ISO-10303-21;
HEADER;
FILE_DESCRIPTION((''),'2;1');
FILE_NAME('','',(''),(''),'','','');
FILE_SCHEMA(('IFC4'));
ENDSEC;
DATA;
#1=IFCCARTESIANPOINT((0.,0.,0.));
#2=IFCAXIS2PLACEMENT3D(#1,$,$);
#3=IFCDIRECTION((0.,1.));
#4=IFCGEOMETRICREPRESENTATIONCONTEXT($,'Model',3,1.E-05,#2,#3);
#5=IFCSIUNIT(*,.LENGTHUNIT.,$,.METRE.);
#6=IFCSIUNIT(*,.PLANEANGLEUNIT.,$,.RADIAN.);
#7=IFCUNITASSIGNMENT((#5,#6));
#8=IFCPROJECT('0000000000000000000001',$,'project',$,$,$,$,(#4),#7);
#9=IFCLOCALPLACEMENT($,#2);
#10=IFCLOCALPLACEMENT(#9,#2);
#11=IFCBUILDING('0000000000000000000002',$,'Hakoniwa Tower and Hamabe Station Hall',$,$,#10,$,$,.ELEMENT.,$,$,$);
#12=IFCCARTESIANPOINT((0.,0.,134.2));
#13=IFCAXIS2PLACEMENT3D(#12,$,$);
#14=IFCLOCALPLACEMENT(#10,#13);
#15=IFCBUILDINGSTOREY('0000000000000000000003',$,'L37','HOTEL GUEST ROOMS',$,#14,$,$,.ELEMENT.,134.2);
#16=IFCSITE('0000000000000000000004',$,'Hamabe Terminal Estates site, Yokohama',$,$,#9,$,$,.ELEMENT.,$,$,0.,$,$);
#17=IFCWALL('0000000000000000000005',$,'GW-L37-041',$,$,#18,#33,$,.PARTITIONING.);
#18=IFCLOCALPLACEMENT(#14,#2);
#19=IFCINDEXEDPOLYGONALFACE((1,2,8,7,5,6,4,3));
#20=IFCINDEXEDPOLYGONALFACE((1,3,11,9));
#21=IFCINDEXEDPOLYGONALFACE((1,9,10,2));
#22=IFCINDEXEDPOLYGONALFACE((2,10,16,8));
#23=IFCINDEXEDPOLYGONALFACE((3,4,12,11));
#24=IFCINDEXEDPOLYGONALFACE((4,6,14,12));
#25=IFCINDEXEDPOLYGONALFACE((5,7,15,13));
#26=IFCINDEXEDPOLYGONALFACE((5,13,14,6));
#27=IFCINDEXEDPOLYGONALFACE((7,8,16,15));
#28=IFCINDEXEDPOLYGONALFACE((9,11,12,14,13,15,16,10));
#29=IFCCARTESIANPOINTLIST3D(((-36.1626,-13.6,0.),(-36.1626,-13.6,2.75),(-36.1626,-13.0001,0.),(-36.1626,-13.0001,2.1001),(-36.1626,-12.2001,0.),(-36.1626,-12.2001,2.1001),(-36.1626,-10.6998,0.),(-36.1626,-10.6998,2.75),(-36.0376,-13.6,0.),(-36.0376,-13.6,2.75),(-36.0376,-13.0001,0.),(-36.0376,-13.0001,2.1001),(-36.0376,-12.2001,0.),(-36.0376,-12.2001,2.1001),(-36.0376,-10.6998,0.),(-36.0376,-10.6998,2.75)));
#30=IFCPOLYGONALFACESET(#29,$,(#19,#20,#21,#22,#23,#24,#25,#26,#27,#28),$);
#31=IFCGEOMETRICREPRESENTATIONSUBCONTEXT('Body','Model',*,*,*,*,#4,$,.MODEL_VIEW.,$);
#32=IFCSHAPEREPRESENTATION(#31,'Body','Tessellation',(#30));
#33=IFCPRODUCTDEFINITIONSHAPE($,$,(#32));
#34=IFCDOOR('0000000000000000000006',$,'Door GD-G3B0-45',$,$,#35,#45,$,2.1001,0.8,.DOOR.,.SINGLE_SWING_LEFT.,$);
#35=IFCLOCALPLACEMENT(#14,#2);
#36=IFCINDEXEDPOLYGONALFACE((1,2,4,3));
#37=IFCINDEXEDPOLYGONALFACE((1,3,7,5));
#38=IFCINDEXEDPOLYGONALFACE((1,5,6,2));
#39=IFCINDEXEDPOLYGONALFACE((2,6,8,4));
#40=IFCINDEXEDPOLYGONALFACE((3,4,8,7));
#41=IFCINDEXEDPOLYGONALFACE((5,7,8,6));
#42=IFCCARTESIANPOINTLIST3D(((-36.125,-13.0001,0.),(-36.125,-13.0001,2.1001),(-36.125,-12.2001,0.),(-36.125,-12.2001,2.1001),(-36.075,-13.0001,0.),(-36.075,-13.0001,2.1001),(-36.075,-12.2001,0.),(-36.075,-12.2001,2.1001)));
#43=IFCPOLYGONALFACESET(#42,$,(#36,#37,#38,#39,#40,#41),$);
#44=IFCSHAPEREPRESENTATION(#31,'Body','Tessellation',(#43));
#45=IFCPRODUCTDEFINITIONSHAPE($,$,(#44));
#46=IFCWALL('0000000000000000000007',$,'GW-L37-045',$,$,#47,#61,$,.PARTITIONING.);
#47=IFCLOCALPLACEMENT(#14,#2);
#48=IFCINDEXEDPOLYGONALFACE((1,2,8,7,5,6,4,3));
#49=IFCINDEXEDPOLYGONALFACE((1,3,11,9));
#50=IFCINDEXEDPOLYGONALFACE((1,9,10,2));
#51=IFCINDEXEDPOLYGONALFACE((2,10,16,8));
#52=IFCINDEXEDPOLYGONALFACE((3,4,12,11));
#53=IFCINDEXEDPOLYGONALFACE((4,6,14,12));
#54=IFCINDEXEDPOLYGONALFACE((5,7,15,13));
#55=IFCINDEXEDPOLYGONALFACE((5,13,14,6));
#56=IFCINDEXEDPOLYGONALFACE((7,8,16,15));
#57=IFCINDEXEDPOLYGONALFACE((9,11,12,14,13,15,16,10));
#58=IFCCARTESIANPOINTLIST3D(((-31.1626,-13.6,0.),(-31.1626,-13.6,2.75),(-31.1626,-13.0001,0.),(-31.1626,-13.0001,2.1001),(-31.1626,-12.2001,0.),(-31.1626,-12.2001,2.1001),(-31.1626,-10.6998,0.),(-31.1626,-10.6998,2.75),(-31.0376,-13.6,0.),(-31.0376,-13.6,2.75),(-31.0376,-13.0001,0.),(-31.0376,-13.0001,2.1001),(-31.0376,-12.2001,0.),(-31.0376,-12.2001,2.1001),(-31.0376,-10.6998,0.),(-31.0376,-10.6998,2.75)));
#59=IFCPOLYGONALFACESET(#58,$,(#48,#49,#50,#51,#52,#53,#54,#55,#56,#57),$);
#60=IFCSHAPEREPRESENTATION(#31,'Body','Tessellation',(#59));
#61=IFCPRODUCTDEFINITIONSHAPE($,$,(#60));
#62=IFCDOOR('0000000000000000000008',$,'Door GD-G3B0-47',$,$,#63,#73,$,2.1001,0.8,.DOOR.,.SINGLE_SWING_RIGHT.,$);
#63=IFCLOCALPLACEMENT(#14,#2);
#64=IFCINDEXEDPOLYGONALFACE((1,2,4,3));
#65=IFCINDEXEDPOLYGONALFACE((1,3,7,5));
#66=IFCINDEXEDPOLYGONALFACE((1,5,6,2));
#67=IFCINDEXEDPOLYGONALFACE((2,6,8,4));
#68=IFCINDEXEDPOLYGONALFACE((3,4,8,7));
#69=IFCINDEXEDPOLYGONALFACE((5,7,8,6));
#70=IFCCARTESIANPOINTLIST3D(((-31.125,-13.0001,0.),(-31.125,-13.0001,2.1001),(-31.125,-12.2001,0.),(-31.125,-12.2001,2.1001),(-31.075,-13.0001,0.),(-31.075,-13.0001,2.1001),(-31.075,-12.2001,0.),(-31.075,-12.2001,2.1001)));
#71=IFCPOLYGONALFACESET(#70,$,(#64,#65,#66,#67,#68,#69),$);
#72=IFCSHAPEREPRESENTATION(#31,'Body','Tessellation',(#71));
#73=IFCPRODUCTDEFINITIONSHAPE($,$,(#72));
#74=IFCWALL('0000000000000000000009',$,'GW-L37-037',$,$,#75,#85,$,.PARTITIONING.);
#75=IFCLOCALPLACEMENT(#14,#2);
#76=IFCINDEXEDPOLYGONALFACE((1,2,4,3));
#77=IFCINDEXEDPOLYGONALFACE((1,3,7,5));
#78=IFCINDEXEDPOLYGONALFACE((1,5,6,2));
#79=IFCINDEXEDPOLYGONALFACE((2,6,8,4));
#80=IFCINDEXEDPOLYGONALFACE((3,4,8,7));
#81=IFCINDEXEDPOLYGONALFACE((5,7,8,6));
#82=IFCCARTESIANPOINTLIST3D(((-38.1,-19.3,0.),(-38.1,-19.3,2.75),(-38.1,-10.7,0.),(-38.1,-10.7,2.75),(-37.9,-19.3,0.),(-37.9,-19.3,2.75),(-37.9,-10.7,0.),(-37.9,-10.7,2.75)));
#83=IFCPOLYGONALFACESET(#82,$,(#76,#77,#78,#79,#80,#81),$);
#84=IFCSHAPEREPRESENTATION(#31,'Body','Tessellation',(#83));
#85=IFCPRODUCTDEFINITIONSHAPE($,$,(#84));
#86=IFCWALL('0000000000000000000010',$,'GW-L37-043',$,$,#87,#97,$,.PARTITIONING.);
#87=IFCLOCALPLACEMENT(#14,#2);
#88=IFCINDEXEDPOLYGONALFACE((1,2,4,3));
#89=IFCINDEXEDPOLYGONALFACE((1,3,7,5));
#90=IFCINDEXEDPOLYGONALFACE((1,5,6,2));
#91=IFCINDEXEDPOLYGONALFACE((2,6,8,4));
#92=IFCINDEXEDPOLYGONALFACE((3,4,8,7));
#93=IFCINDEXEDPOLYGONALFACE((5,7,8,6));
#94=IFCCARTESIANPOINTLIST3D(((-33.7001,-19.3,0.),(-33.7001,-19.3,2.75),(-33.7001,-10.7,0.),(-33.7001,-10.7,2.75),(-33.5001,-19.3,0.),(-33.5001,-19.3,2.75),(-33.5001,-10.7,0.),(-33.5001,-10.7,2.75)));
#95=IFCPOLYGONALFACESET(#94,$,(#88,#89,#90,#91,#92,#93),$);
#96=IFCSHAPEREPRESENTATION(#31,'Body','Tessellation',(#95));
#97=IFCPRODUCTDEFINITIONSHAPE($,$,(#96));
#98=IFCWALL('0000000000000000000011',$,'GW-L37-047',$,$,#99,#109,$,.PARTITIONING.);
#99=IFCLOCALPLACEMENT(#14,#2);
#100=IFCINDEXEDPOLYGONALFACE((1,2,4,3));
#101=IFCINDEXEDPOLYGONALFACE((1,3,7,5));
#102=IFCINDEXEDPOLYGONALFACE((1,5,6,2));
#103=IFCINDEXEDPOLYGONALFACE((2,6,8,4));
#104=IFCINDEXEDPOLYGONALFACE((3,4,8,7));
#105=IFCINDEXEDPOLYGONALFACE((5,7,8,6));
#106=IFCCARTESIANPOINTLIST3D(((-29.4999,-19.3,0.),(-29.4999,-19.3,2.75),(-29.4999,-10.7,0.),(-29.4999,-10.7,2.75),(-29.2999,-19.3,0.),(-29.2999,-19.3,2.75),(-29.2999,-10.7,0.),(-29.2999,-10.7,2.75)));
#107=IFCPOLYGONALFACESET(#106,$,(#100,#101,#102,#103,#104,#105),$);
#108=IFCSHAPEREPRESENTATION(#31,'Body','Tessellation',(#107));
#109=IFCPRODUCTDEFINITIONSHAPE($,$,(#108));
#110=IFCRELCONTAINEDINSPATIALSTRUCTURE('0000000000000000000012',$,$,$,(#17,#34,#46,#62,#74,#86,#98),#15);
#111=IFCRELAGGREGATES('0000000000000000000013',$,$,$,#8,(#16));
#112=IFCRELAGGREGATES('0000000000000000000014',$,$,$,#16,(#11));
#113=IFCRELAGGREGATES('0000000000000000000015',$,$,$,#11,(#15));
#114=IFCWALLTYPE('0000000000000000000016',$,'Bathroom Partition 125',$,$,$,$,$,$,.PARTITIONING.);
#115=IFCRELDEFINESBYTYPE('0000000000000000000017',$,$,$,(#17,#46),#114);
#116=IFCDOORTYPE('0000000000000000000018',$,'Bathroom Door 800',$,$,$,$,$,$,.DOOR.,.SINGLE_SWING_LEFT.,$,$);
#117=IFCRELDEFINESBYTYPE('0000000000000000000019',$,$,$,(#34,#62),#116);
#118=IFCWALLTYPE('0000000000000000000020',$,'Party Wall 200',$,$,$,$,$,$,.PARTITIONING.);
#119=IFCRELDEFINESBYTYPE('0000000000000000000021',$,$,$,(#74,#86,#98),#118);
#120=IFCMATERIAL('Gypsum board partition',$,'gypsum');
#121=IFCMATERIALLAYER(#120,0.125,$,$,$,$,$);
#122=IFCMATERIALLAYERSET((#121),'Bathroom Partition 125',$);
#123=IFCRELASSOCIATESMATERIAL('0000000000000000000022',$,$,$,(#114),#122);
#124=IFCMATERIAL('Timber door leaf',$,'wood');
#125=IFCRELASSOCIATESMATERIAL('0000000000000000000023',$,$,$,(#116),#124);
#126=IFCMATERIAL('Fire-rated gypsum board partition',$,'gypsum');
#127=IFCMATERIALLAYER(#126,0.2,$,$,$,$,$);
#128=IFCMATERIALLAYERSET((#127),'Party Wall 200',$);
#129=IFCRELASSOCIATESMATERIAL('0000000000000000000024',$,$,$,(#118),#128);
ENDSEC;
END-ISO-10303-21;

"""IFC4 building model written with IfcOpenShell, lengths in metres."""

from ifc_helpers import new_model, si_unit, direction, frame, frame_2d, origin, place, context, subcontext, project, spatial, rectangle, extrude, material, layer, layer_set, type_object, element, fill, save


model = new_model("IFC4")

# Units and contexts
model_context = context("Model", 3, precision=1e-05, world=origin(), true_north=direction((0.0, 1.0)))
body_context = subcontext(model_context, "Body", "Model", "MODEL_VIEW")
ifc_project = project(units=[si_unit("LENGTHUNIT", "METRE"), si_unit("PLANEANGLEUNIT", "RADIAN")], contexts=[model_context])

# Site, building, storey
site_placement = place(None, origin())
site = spatial("IfcSite", under=ifc_project, at=site_placement, Name="Hamabe Terminal Estates site, Yokohama", CompositionType="ELEMENT", RefElevation=0.0)
building_placement = place(site_placement, origin())
building = spatial("IfcBuilding", under=site, at=building_placement, Name="Hakoniwa Tower and Hamabe Station Hall", CompositionType="ELEMENT")
storey_placement = place(building_placement, frame((0.0, 0.0, 134.2)))
storey = spatial("IfcBuildingStorey", under=building, at=storey_placement, Name="L37", Description="HOTEL GUEST ROOMS", CompositionType="ELEMENT", Elevation=134.2)

# Shared definitions
ifc_material_1 = material(Name="Gypsum board partition", Category="gypsum")
ifc_layer_1 = layer(ifc_material_1, 0.125)
ifc_layer_set_1 = layer_set([ifc_layer_1], Name="Bathroom Partition 125")
wall_type_1 = type_object("IfcWallType", Name="Bathroom Partition 125", PredefinedType="PARTITIONING", material=ifc_layer_set_1)

# Walls, openings, doors
ifc_material_2 = material(Name="Timber door leaf", Category="wood")
door_type = type_object("IfcDoorType", Name="Bathroom Door 800", OperationType="SINGLE_SWING_LEFT", PredefinedType="DOOR", material=ifc_material_2)
wall_1_placement = place(storey_placement, frame((-36.1001, -13.6001, 0.0), z_axis=(0.0, 0.0, 1.0), x_axis=(0.0, 1.0, 0.0)))
wall_1 = element("IfcWall", 1, at=wall_1_placement, inside=storey, type_object=wall_type_1, Name="GW-L37-041", PredefinedType="PARTITIONING", context=body_context, shape_type="SweptSolid", body=[
    extrude(rectangle(XDim=2.9001, YDim=0.125, at=frame_2d((1.4502, 0.0))), origin(), (0.0, 0.0, 1.0), 2.75),
])
opening_1_placement = place(wall_1_placement, frame((0.6001, 0.0, 0.0)))
opening_1 = element("IfcOpeningElement", 2, at=opening_1_placement, cuts=wall_1, PredefinedType="OPENING", context=body_context, shape_type="SweptSolid", body=[
    extrude(rectangle(XDim=0.8, YDim=2.1001, at=frame_2d((0.3999, 1.05))), frame((0.0, 0.0725, 0.0), z_axis=(0.0, -1.0, 0.0), x_axis=(1.0, 0.0, 0.0)), (0.0, 0.0, 1.0), 0.145),
])
door_1_placement = place(opening_1_placement, origin())
door_1 = element("IfcDoor", 3, at=door_1_placement, inside=storey, type_object=door_type, Name="Door GD-G3B0-45", OperationType="SINGLE_SWING_LEFT", OverallHeight=2.1001, OverallWidth=0.8, PredefinedType="DOOR", context=body_context, shape_type="SweptSolid", body=[
    extrude(rectangle(XDim=0.8, YDim=2.1001, at=frame_2d((0.3999, 1.05))), frame((0.0, 0.0249, 0.0), z_axis=(0.0, -1.0, 0.0), x_axis=(1.0, 0.0, 0.0)), (0.0, 0.0, 1.0), 0.05),
])
fill(opening_1, door_1)
wall_2_placement = place(storey_placement, frame((-31.1001, -13.6001, 0.0), z_axis=(0.0, 0.0, 1.0), x_axis=(0.0, 1.0, 0.0)))
wall_2 = element("IfcWall", 4, at=wall_2_placement, inside=storey, type_object=wall_type_1, Name="GW-L37-045", PredefinedType="PARTITIONING", context=body_context, shape_type="SweptSolid", body=[
    extrude(rectangle(XDim=2.9001, YDim=0.125, at=frame_2d((1.4502, 0.0))), origin(), (0.0, 0.0, 1.0), 2.75),
])
opening_2_placement = place(wall_2_placement, frame((0.6001, 0.0, 0.0)))
opening_2 = element("IfcOpeningElement", 5, at=opening_2_placement, cuts=wall_2, PredefinedType="OPENING", context=body_context, shape_type="SweptSolid", body=[
    extrude(rectangle(XDim=0.8, YDim=2.1001, at=frame_2d((0.3999, 1.05))), frame((0.0, 0.0725, 0.0), z_axis=(0.0, -1.0, 0.0), x_axis=(1.0, 0.0, 0.0)), (0.0, 0.0, 1.0), 0.145),
])
door_2_placement = place(opening_2_placement, origin())
door_2 = element("IfcDoor", 6, at=door_2_placement, inside=storey, type_object=door_type, Name="Door GD-G3B0-47", OperationType="SINGLE_SWING_RIGHT", OverallHeight=2.1001, OverallWidth=0.8, PredefinedType="DOOR", context=body_context, shape_type="SweptSolid", body=[
    extrude(rectangle(XDim=0.8, YDim=2.1001, at=frame_2d((0.3999, 1.05))), frame((0.0, 0.0249, 0.0), z_axis=(0.0, -1.0, 0.0), x_axis=(1.0, 0.0, 0.0)), (0.0, 0.0, 1.0), 0.05),
])
fill(opening_2, door_2)

# Walls
ifc_material_3 = material(Name="Fire-rated gypsum board partition", Category="gypsum")
ifc_layer_2 = layer(ifc_material_3, 0.2)
ifc_layer_set_2 = layer_set([ifc_layer_2], Name="Party Wall 200")
wall_type_2 = type_object("IfcWallType", Name="Party Wall 200", PredefinedType="PARTITIONING", material=ifc_layer_set_2)
for number, where, z_axis, x_axis, name in (
    (7, (-38.0, -19.3, 0.0), (0.0, 0.0, 1.0), (0.0, 1.0, 0.0), "GW-L37-037"),
    (8, (-33.6001, -19.3, 0.0), (0.0, 0.0, 1.0), (0.0, 1.0, 0.0), "GW-L37-043"),
    (9, (-29.3999, -19.3, 0.0), (0.0, 0.0, 1.0), (0.0, 1.0, 0.0), "GW-L37-047"),
):
    element("IfcWall", number, at=place(storey_placement, frame(where, z_axis=z_axis, x_axis=x_axis)), inside=storey, type_object=wall_type_2, Name=name, PredefinedType="PARTITIONING", context=body_context, shape_type="SweptSolid", body=[
        extrude(rectangle(XDim=8.6001, YDim=0.2, at=frame_2d((4.3, 0.0))), origin(), (0.0, 0.0, 1.0), 2.75),
    ])

save(model, "model.ifc")
